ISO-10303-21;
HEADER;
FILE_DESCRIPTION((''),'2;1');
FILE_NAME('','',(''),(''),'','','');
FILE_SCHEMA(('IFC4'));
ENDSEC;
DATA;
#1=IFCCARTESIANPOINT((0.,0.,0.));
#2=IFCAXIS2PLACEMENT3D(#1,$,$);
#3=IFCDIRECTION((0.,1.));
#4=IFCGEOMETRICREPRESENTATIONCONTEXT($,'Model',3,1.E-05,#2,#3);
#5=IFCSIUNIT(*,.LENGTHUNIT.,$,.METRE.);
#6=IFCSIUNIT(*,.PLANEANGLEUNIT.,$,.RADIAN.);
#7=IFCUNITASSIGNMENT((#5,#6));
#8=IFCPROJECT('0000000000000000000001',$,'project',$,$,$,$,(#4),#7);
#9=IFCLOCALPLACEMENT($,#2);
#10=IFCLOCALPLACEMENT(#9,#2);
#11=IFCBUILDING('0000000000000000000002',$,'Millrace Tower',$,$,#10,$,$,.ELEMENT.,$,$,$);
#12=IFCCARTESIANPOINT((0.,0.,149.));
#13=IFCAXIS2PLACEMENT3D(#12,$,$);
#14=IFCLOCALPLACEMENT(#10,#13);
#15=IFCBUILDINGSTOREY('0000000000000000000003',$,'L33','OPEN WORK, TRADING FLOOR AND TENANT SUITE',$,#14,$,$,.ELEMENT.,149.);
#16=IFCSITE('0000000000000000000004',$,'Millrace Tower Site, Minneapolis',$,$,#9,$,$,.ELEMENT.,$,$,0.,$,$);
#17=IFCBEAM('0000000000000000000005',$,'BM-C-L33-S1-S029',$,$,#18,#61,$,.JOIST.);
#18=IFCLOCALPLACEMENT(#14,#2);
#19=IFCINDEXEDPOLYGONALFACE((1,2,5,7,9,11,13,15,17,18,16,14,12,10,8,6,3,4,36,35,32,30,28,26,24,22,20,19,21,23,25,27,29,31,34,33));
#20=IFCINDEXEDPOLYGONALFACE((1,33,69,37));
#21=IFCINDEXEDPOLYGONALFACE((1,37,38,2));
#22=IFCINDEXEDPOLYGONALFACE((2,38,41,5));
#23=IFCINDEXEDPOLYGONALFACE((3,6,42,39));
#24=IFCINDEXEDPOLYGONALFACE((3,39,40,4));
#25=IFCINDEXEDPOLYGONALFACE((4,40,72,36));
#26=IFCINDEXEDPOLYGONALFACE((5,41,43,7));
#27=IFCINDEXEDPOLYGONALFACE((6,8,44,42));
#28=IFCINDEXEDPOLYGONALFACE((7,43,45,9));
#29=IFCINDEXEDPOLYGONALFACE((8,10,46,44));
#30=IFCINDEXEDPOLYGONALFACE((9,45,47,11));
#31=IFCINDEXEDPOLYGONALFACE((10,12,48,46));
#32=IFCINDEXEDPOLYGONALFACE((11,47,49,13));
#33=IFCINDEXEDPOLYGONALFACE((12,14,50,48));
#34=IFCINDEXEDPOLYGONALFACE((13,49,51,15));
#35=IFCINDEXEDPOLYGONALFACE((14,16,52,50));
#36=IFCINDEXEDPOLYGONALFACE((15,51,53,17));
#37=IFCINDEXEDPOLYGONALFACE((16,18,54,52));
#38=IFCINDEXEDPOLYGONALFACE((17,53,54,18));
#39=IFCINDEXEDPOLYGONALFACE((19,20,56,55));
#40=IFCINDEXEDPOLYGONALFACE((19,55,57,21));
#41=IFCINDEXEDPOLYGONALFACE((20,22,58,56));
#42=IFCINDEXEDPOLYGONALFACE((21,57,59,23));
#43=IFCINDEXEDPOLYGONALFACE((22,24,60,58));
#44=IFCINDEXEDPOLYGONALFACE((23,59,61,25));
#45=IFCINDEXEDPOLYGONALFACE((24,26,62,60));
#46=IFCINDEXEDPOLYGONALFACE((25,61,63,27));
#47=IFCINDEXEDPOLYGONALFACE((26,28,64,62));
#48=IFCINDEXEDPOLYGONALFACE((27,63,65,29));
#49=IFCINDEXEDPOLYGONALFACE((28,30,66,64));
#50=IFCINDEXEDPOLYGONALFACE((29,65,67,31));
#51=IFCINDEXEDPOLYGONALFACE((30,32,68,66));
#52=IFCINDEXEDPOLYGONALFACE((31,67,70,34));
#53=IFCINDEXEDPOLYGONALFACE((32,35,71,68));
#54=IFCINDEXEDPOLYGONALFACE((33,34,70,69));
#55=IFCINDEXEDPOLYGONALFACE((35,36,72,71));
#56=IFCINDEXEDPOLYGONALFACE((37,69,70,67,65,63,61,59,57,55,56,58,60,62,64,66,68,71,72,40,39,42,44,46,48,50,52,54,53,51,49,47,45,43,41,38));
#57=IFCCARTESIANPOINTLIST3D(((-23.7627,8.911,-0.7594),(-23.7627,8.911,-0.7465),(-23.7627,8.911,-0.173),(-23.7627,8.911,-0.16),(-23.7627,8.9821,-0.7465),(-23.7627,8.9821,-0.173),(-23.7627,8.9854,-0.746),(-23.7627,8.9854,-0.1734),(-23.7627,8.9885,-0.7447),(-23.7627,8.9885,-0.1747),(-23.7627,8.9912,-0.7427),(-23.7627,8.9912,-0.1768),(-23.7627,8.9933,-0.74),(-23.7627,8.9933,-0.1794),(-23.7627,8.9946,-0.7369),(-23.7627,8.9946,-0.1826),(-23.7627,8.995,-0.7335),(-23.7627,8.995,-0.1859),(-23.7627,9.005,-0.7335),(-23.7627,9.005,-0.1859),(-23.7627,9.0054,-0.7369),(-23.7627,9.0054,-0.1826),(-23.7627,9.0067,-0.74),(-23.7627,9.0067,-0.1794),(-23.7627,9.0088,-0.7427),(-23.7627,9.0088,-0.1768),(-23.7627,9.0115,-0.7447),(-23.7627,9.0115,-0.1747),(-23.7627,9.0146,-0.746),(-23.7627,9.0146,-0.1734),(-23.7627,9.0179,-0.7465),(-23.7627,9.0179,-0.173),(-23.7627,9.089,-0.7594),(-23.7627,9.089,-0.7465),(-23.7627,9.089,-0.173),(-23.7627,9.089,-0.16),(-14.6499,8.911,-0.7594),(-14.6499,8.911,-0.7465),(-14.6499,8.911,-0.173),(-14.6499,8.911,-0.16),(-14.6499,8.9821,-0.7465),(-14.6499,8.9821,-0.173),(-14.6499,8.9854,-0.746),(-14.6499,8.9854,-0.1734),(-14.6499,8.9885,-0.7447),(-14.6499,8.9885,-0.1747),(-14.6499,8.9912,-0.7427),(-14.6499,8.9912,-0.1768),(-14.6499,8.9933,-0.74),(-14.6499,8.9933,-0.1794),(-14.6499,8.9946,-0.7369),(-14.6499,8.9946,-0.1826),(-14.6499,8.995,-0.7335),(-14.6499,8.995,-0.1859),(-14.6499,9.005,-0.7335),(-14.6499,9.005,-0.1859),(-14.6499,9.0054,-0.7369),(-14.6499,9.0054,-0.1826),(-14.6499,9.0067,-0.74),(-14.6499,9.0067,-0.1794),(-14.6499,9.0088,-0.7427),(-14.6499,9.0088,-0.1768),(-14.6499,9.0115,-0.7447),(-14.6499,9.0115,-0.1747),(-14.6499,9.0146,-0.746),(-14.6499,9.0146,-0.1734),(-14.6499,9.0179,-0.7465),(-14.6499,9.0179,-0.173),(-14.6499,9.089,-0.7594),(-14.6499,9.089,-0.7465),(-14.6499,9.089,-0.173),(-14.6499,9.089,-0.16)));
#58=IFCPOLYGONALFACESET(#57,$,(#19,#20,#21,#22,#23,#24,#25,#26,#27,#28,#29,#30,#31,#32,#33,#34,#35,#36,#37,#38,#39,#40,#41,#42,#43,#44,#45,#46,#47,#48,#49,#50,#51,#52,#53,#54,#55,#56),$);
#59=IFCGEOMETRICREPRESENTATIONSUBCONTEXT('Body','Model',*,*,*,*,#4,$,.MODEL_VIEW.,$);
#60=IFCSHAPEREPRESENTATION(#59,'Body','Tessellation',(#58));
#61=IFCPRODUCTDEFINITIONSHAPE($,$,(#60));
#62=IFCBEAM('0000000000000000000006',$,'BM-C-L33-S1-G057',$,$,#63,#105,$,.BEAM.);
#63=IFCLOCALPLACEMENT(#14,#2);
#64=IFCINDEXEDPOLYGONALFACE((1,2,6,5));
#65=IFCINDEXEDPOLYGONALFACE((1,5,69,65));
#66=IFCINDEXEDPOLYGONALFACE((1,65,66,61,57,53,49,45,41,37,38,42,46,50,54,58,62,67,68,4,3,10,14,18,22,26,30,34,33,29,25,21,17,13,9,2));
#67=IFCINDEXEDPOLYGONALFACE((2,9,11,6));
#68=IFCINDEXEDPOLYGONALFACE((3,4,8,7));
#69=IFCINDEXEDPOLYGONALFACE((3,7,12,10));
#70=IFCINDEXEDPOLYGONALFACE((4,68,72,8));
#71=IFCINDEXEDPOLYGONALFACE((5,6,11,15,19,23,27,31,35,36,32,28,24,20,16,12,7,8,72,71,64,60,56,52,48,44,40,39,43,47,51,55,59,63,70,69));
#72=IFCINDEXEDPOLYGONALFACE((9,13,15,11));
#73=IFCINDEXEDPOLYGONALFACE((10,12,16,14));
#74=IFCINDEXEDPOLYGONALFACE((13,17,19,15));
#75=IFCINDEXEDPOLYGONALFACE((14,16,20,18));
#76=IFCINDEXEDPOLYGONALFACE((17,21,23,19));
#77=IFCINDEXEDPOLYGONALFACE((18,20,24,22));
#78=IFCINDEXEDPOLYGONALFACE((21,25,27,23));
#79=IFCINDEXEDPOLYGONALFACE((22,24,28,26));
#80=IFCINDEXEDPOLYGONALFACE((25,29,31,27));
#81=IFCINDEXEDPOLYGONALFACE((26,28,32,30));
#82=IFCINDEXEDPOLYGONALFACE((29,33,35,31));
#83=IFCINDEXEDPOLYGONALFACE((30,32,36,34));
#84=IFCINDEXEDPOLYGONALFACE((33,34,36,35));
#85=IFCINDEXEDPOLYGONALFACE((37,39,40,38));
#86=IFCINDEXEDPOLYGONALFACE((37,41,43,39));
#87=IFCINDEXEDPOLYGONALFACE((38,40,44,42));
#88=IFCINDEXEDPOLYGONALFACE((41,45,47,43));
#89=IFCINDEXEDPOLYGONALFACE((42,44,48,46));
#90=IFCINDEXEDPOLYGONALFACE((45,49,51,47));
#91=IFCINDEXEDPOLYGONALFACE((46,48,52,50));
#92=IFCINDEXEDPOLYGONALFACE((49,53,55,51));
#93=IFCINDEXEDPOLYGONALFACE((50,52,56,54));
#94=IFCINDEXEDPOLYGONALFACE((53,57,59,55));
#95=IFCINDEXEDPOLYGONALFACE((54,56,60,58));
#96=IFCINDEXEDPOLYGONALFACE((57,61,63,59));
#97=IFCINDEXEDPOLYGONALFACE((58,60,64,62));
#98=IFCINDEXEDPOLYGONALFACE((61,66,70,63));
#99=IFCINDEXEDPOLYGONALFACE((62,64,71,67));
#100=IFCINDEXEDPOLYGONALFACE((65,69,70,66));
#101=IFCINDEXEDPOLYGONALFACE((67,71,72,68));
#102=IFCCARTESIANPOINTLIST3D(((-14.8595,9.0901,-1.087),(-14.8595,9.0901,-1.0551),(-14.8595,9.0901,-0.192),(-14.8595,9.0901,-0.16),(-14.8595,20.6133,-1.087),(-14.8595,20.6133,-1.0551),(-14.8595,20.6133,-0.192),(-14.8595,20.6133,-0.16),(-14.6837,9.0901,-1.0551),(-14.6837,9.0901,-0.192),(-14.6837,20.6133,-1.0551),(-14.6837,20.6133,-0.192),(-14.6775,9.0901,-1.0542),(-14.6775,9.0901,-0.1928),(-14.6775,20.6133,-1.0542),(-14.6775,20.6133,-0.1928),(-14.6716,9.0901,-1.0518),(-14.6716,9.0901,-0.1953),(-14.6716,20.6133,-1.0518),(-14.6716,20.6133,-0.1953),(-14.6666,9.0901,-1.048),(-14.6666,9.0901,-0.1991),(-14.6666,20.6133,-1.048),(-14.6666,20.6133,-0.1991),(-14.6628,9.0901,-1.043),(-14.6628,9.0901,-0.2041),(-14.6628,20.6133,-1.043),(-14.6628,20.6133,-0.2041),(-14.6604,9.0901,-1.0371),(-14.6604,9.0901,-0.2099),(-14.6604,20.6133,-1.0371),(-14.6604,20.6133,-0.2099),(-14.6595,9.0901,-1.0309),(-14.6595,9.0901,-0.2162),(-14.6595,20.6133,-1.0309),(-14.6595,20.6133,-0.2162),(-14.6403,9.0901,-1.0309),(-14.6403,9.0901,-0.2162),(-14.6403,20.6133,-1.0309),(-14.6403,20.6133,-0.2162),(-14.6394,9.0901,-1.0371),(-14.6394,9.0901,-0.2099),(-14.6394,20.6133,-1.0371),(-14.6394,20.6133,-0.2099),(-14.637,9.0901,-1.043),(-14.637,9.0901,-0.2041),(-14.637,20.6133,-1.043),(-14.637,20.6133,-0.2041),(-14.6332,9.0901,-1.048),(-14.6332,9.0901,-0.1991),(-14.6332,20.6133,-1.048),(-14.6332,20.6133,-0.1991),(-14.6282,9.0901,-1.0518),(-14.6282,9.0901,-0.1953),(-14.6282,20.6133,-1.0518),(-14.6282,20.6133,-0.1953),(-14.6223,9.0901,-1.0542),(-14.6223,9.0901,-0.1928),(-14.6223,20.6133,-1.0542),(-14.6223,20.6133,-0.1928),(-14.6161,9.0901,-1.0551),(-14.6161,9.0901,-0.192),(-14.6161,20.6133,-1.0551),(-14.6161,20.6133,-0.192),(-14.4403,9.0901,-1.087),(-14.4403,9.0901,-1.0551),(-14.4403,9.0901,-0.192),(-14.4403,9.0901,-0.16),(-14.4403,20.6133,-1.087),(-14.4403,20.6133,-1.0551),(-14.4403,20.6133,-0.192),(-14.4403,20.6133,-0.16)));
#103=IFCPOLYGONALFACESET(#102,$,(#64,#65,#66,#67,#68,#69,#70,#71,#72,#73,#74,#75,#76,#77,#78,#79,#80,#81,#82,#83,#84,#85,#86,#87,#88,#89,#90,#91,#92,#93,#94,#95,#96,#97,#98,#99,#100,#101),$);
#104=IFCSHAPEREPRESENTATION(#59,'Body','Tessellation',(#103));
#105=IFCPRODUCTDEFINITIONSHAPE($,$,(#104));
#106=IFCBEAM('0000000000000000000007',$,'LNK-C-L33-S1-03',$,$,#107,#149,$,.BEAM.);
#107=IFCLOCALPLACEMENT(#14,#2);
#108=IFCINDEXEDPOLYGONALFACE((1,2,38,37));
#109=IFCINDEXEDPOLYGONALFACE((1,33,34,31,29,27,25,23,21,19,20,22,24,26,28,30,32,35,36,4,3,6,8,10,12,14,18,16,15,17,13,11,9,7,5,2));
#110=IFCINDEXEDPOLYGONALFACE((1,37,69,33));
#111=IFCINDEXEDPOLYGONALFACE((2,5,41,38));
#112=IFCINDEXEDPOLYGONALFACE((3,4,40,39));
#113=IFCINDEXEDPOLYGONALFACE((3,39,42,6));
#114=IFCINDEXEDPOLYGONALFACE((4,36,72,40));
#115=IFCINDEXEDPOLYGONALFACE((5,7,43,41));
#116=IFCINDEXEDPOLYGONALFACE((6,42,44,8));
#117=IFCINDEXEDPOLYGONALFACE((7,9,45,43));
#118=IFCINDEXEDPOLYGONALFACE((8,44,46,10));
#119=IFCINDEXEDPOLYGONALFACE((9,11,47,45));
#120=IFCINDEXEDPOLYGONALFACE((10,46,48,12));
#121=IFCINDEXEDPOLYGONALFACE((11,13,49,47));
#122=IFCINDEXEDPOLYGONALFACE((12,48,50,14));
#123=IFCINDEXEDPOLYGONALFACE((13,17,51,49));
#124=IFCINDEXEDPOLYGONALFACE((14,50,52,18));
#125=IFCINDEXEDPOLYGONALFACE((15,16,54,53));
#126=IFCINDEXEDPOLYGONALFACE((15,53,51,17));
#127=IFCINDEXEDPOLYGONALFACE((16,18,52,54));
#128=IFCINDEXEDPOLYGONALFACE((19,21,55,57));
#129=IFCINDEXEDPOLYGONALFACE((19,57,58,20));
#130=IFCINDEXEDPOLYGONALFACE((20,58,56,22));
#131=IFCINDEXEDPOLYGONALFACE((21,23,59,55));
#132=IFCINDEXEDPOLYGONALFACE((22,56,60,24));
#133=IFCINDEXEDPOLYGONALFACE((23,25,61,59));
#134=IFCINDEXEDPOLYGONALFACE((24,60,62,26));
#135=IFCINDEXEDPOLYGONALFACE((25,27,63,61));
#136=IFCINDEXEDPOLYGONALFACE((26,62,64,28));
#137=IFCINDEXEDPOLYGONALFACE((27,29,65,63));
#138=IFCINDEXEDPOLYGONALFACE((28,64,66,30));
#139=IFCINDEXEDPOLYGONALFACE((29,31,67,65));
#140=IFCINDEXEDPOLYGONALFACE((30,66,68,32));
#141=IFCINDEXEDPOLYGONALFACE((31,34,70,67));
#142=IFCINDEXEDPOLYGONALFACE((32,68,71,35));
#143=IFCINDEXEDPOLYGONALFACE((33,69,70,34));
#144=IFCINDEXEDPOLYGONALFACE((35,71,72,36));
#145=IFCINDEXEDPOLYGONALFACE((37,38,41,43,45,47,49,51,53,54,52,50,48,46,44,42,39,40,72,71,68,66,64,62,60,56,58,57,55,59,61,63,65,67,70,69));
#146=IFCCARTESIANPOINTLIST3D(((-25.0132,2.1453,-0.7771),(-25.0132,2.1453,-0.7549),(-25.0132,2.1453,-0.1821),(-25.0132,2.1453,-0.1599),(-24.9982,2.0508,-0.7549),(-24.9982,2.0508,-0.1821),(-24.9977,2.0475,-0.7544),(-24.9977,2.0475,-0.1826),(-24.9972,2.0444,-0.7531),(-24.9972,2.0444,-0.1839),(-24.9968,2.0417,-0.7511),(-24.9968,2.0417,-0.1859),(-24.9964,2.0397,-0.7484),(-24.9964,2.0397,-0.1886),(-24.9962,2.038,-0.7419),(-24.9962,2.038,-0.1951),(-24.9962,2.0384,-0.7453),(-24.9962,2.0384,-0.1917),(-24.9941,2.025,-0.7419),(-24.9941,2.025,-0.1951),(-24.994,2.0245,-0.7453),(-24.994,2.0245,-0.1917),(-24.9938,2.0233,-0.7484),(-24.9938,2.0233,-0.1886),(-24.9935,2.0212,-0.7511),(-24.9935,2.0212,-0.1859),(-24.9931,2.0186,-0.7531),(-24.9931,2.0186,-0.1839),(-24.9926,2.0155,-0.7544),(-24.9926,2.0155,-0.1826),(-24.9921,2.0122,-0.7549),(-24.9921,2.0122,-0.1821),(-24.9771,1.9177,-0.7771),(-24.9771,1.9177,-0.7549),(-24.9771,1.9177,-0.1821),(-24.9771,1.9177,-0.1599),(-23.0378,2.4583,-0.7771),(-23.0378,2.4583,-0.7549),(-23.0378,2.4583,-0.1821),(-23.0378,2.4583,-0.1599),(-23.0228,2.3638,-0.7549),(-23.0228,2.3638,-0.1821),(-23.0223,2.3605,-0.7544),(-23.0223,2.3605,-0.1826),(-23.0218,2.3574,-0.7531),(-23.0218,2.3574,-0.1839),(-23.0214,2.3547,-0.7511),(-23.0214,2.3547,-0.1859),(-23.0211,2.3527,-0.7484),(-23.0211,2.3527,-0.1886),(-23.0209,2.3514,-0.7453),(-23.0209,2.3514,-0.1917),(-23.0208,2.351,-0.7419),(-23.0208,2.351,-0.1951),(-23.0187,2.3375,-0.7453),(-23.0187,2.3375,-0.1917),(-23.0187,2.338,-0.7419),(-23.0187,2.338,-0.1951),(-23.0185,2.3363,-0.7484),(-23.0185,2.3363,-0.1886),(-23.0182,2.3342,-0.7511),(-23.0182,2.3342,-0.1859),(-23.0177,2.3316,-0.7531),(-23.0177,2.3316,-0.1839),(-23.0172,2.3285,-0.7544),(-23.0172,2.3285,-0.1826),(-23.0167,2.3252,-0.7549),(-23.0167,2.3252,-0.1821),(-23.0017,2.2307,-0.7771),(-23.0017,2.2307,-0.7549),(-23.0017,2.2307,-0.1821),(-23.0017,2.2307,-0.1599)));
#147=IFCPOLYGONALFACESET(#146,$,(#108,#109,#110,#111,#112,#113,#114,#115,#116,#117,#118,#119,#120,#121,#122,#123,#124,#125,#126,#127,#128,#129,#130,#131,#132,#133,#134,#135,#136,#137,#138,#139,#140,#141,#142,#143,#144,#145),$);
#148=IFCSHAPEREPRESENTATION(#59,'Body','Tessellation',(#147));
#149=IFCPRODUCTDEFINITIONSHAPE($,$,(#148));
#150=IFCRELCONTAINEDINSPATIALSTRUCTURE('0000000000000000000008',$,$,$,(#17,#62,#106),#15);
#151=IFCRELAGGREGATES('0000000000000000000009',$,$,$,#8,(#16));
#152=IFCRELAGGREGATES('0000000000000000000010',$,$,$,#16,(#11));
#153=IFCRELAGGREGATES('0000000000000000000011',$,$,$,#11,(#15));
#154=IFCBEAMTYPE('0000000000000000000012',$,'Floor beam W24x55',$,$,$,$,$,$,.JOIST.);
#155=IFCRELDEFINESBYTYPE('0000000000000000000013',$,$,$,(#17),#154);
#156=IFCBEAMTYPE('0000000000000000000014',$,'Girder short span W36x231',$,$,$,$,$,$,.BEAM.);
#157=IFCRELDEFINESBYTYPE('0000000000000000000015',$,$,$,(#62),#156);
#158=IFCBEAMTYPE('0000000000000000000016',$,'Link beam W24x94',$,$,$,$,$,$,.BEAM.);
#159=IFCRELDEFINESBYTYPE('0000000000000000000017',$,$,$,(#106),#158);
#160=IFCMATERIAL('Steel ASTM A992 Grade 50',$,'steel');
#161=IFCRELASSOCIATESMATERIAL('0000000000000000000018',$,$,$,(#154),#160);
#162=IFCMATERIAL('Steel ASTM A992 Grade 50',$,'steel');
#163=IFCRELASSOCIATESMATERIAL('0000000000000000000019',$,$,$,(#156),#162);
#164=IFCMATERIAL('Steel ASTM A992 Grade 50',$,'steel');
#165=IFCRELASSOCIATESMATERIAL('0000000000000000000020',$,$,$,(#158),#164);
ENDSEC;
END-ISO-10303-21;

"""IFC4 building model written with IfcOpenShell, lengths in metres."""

from ifc_helpers import new_model, si_unit, direction, frame, origin, origin_2d, place, context, subcontext, project, spatial, i_section, extrude, material, material_profile, profile_set, type_object, element, save


model = new_model("IFC4")

# Units and contexts
model_context = context("Model", 3, precision=1e-05, world=origin(), true_north=direction((0.0, 1.0)))
body_context = subcontext(model_context, "Body", "Model", "MODEL_VIEW")
ifc_project = project(units=[si_unit("LENGTHUNIT", "METRE"), si_unit("PLANEANGLEUNIT", "RADIAN")], contexts=[model_context])

# Site, building, storey
site_placement = place(None, origin())
site = spatial("IfcSite", under=ifc_project, at=site_placement, Name="Millrace Tower Site, Minneapolis", CompositionType="ELEMENT", RefElevation=0.0)
building_placement = place(site_placement, origin())
building = spatial("IfcBuilding", under=site, at=building_placement, Name="Millrace Tower", CompositionType="ELEMENT")
storey_placement = place(building_placement, frame((0.0, 0.0, 149.0)))
storey = spatial("IfcBuildingStorey", under=building, at=storey_placement, Name="L33", Description="OPEN WORK, TRADING FLOOR AND TENANT SUITE", CompositionType="ELEMENT", Elevation=149.0)

# Beams
ifc_material_1 = material(Name="Steel ASTM A992 Grade 50", Category="steel")
ifc_material_profile_1 = material_profile(ifc_material_1, i_section(OverallWidth=0.178, OverallDepth=0.5994, WebThickness=0.01, FlangeThickness=0.0129, FilletRadius=0.0129, at=origin_2d()))
ifc_profile_set_1 = profile_set([ifc_material_profile_1], Name="Steel ASTM A992 Grade 50")
beam_type_1 = type_object("IfcBeamType", Name="Floor beam W24x55", PredefinedType="JOIST", material=ifc_profile_set_1)
beam_1_placement = place(storey_placement, frame((-23.7627, 9.0, -0.4597), z_axis=(1.0, 0.0, 0.0), x_axis=(0.0, 1.0, 0.0)))
element("IfcBeam", 1, at=beam_1_placement, inside=storey, type_object=beam_type_1, Name="BM-C-L33-S1-S029", PredefinedType="JOIST", context=body_context, shape_type="SweptSolid", body=[
    extrude(i_section(OverallWidth=0.178, OverallDepth=0.5994, WebThickness=0.01, FlangeThickness=0.0129, FilletRadius=0.0129, at=origin_2d()), origin(), (0.0, 0.0, 1.0), 9.1128),
])
ifc_material_2 = material(Name="Steel ASTM A992 Grade 50", Category="steel")
ifc_material_profile_2 = material_profile(ifc_material_2, i_section(OverallWidth=0.4192, OverallDepth=0.927, WebThickness=0.0193, FlangeThickness=0.032, FilletRadius=0.0242, at=origin_2d()))
ifc_profile_set_2 = profile_set([ifc_material_profile_2], Name="Steel ASTM A992 Grade 50")
beam_type_2 = type_object("IfcBeamType", Name="Girder short span W36x231", PredefinedType="BEAM", material=ifc_profile_set_2)
beam_2_placement = place(storey_placement, frame((-14.6499, 9.0901, -0.6235), z_axis=(0.0, 1.0, 0.0), x_axis=(-1.0, 0.0, 0.0)))
element("IfcBeam", 2, at=beam_2_placement, inside=storey, type_object=beam_type_2, Name="BM-C-L33-S1-G057", PredefinedType="BEAM", context=body_context, shape_type="SweptSolid", body=[
    extrude(i_section(OverallWidth=0.4192, OverallDepth=0.927, WebThickness=0.0193, FlangeThickness=0.032, FilletRadius=0.0242, at=origin_2d()), origin(), (0.0, 0.0, 1.0), 11.5232),
])
ifc_material_3 = material(Name="Steel ASTM A992 Grade 50", Category="steel")
ifc_material_profile_3 = material_profile(ifc_material_3, i_section(OverallWidth=0.2305, OverallDepth=0.6172, WebThickness=0.0132, FlangeThickness=0.0222, FilletRadius=0.0129, at=origin_2d()))
ifc_profile_set_3 = profile_set([ifc_material_profile_3], Name="Steel ASTM A992 Grade 50")
beam_type_3 = type_object("IfcBeamType", Name="Link beam W24x94", PredefinedType="BEAM", material=ifc_profile_set_3)
beam_3_placement = place(storey_placement, frame((-23.0198, 2.3445, -0.4685), z_axis=(-0.987679, -0.156495, 0.0), x_axis=(0.156495, -0.987679, 0.0)))
element("IfcBeam", 3, at=beam_3_placement, inside=storey, type_object=beam_type_3, Name="LNK-C-L33-S1-03", PredefinedType="BEAM", context=body_context, shape_type="SweptSolid", body=[
    extrude(i_section(OverallWidth=0.2305, OverallDepth=0.6172, WebThickness=0.0132, FlangeThickness=0.0222, FilletRadius=0.0129, at=origin_2d()), origin(), (0.0, 0.0, 1.0), 2.0),
])

save(model, "model.ifc")
